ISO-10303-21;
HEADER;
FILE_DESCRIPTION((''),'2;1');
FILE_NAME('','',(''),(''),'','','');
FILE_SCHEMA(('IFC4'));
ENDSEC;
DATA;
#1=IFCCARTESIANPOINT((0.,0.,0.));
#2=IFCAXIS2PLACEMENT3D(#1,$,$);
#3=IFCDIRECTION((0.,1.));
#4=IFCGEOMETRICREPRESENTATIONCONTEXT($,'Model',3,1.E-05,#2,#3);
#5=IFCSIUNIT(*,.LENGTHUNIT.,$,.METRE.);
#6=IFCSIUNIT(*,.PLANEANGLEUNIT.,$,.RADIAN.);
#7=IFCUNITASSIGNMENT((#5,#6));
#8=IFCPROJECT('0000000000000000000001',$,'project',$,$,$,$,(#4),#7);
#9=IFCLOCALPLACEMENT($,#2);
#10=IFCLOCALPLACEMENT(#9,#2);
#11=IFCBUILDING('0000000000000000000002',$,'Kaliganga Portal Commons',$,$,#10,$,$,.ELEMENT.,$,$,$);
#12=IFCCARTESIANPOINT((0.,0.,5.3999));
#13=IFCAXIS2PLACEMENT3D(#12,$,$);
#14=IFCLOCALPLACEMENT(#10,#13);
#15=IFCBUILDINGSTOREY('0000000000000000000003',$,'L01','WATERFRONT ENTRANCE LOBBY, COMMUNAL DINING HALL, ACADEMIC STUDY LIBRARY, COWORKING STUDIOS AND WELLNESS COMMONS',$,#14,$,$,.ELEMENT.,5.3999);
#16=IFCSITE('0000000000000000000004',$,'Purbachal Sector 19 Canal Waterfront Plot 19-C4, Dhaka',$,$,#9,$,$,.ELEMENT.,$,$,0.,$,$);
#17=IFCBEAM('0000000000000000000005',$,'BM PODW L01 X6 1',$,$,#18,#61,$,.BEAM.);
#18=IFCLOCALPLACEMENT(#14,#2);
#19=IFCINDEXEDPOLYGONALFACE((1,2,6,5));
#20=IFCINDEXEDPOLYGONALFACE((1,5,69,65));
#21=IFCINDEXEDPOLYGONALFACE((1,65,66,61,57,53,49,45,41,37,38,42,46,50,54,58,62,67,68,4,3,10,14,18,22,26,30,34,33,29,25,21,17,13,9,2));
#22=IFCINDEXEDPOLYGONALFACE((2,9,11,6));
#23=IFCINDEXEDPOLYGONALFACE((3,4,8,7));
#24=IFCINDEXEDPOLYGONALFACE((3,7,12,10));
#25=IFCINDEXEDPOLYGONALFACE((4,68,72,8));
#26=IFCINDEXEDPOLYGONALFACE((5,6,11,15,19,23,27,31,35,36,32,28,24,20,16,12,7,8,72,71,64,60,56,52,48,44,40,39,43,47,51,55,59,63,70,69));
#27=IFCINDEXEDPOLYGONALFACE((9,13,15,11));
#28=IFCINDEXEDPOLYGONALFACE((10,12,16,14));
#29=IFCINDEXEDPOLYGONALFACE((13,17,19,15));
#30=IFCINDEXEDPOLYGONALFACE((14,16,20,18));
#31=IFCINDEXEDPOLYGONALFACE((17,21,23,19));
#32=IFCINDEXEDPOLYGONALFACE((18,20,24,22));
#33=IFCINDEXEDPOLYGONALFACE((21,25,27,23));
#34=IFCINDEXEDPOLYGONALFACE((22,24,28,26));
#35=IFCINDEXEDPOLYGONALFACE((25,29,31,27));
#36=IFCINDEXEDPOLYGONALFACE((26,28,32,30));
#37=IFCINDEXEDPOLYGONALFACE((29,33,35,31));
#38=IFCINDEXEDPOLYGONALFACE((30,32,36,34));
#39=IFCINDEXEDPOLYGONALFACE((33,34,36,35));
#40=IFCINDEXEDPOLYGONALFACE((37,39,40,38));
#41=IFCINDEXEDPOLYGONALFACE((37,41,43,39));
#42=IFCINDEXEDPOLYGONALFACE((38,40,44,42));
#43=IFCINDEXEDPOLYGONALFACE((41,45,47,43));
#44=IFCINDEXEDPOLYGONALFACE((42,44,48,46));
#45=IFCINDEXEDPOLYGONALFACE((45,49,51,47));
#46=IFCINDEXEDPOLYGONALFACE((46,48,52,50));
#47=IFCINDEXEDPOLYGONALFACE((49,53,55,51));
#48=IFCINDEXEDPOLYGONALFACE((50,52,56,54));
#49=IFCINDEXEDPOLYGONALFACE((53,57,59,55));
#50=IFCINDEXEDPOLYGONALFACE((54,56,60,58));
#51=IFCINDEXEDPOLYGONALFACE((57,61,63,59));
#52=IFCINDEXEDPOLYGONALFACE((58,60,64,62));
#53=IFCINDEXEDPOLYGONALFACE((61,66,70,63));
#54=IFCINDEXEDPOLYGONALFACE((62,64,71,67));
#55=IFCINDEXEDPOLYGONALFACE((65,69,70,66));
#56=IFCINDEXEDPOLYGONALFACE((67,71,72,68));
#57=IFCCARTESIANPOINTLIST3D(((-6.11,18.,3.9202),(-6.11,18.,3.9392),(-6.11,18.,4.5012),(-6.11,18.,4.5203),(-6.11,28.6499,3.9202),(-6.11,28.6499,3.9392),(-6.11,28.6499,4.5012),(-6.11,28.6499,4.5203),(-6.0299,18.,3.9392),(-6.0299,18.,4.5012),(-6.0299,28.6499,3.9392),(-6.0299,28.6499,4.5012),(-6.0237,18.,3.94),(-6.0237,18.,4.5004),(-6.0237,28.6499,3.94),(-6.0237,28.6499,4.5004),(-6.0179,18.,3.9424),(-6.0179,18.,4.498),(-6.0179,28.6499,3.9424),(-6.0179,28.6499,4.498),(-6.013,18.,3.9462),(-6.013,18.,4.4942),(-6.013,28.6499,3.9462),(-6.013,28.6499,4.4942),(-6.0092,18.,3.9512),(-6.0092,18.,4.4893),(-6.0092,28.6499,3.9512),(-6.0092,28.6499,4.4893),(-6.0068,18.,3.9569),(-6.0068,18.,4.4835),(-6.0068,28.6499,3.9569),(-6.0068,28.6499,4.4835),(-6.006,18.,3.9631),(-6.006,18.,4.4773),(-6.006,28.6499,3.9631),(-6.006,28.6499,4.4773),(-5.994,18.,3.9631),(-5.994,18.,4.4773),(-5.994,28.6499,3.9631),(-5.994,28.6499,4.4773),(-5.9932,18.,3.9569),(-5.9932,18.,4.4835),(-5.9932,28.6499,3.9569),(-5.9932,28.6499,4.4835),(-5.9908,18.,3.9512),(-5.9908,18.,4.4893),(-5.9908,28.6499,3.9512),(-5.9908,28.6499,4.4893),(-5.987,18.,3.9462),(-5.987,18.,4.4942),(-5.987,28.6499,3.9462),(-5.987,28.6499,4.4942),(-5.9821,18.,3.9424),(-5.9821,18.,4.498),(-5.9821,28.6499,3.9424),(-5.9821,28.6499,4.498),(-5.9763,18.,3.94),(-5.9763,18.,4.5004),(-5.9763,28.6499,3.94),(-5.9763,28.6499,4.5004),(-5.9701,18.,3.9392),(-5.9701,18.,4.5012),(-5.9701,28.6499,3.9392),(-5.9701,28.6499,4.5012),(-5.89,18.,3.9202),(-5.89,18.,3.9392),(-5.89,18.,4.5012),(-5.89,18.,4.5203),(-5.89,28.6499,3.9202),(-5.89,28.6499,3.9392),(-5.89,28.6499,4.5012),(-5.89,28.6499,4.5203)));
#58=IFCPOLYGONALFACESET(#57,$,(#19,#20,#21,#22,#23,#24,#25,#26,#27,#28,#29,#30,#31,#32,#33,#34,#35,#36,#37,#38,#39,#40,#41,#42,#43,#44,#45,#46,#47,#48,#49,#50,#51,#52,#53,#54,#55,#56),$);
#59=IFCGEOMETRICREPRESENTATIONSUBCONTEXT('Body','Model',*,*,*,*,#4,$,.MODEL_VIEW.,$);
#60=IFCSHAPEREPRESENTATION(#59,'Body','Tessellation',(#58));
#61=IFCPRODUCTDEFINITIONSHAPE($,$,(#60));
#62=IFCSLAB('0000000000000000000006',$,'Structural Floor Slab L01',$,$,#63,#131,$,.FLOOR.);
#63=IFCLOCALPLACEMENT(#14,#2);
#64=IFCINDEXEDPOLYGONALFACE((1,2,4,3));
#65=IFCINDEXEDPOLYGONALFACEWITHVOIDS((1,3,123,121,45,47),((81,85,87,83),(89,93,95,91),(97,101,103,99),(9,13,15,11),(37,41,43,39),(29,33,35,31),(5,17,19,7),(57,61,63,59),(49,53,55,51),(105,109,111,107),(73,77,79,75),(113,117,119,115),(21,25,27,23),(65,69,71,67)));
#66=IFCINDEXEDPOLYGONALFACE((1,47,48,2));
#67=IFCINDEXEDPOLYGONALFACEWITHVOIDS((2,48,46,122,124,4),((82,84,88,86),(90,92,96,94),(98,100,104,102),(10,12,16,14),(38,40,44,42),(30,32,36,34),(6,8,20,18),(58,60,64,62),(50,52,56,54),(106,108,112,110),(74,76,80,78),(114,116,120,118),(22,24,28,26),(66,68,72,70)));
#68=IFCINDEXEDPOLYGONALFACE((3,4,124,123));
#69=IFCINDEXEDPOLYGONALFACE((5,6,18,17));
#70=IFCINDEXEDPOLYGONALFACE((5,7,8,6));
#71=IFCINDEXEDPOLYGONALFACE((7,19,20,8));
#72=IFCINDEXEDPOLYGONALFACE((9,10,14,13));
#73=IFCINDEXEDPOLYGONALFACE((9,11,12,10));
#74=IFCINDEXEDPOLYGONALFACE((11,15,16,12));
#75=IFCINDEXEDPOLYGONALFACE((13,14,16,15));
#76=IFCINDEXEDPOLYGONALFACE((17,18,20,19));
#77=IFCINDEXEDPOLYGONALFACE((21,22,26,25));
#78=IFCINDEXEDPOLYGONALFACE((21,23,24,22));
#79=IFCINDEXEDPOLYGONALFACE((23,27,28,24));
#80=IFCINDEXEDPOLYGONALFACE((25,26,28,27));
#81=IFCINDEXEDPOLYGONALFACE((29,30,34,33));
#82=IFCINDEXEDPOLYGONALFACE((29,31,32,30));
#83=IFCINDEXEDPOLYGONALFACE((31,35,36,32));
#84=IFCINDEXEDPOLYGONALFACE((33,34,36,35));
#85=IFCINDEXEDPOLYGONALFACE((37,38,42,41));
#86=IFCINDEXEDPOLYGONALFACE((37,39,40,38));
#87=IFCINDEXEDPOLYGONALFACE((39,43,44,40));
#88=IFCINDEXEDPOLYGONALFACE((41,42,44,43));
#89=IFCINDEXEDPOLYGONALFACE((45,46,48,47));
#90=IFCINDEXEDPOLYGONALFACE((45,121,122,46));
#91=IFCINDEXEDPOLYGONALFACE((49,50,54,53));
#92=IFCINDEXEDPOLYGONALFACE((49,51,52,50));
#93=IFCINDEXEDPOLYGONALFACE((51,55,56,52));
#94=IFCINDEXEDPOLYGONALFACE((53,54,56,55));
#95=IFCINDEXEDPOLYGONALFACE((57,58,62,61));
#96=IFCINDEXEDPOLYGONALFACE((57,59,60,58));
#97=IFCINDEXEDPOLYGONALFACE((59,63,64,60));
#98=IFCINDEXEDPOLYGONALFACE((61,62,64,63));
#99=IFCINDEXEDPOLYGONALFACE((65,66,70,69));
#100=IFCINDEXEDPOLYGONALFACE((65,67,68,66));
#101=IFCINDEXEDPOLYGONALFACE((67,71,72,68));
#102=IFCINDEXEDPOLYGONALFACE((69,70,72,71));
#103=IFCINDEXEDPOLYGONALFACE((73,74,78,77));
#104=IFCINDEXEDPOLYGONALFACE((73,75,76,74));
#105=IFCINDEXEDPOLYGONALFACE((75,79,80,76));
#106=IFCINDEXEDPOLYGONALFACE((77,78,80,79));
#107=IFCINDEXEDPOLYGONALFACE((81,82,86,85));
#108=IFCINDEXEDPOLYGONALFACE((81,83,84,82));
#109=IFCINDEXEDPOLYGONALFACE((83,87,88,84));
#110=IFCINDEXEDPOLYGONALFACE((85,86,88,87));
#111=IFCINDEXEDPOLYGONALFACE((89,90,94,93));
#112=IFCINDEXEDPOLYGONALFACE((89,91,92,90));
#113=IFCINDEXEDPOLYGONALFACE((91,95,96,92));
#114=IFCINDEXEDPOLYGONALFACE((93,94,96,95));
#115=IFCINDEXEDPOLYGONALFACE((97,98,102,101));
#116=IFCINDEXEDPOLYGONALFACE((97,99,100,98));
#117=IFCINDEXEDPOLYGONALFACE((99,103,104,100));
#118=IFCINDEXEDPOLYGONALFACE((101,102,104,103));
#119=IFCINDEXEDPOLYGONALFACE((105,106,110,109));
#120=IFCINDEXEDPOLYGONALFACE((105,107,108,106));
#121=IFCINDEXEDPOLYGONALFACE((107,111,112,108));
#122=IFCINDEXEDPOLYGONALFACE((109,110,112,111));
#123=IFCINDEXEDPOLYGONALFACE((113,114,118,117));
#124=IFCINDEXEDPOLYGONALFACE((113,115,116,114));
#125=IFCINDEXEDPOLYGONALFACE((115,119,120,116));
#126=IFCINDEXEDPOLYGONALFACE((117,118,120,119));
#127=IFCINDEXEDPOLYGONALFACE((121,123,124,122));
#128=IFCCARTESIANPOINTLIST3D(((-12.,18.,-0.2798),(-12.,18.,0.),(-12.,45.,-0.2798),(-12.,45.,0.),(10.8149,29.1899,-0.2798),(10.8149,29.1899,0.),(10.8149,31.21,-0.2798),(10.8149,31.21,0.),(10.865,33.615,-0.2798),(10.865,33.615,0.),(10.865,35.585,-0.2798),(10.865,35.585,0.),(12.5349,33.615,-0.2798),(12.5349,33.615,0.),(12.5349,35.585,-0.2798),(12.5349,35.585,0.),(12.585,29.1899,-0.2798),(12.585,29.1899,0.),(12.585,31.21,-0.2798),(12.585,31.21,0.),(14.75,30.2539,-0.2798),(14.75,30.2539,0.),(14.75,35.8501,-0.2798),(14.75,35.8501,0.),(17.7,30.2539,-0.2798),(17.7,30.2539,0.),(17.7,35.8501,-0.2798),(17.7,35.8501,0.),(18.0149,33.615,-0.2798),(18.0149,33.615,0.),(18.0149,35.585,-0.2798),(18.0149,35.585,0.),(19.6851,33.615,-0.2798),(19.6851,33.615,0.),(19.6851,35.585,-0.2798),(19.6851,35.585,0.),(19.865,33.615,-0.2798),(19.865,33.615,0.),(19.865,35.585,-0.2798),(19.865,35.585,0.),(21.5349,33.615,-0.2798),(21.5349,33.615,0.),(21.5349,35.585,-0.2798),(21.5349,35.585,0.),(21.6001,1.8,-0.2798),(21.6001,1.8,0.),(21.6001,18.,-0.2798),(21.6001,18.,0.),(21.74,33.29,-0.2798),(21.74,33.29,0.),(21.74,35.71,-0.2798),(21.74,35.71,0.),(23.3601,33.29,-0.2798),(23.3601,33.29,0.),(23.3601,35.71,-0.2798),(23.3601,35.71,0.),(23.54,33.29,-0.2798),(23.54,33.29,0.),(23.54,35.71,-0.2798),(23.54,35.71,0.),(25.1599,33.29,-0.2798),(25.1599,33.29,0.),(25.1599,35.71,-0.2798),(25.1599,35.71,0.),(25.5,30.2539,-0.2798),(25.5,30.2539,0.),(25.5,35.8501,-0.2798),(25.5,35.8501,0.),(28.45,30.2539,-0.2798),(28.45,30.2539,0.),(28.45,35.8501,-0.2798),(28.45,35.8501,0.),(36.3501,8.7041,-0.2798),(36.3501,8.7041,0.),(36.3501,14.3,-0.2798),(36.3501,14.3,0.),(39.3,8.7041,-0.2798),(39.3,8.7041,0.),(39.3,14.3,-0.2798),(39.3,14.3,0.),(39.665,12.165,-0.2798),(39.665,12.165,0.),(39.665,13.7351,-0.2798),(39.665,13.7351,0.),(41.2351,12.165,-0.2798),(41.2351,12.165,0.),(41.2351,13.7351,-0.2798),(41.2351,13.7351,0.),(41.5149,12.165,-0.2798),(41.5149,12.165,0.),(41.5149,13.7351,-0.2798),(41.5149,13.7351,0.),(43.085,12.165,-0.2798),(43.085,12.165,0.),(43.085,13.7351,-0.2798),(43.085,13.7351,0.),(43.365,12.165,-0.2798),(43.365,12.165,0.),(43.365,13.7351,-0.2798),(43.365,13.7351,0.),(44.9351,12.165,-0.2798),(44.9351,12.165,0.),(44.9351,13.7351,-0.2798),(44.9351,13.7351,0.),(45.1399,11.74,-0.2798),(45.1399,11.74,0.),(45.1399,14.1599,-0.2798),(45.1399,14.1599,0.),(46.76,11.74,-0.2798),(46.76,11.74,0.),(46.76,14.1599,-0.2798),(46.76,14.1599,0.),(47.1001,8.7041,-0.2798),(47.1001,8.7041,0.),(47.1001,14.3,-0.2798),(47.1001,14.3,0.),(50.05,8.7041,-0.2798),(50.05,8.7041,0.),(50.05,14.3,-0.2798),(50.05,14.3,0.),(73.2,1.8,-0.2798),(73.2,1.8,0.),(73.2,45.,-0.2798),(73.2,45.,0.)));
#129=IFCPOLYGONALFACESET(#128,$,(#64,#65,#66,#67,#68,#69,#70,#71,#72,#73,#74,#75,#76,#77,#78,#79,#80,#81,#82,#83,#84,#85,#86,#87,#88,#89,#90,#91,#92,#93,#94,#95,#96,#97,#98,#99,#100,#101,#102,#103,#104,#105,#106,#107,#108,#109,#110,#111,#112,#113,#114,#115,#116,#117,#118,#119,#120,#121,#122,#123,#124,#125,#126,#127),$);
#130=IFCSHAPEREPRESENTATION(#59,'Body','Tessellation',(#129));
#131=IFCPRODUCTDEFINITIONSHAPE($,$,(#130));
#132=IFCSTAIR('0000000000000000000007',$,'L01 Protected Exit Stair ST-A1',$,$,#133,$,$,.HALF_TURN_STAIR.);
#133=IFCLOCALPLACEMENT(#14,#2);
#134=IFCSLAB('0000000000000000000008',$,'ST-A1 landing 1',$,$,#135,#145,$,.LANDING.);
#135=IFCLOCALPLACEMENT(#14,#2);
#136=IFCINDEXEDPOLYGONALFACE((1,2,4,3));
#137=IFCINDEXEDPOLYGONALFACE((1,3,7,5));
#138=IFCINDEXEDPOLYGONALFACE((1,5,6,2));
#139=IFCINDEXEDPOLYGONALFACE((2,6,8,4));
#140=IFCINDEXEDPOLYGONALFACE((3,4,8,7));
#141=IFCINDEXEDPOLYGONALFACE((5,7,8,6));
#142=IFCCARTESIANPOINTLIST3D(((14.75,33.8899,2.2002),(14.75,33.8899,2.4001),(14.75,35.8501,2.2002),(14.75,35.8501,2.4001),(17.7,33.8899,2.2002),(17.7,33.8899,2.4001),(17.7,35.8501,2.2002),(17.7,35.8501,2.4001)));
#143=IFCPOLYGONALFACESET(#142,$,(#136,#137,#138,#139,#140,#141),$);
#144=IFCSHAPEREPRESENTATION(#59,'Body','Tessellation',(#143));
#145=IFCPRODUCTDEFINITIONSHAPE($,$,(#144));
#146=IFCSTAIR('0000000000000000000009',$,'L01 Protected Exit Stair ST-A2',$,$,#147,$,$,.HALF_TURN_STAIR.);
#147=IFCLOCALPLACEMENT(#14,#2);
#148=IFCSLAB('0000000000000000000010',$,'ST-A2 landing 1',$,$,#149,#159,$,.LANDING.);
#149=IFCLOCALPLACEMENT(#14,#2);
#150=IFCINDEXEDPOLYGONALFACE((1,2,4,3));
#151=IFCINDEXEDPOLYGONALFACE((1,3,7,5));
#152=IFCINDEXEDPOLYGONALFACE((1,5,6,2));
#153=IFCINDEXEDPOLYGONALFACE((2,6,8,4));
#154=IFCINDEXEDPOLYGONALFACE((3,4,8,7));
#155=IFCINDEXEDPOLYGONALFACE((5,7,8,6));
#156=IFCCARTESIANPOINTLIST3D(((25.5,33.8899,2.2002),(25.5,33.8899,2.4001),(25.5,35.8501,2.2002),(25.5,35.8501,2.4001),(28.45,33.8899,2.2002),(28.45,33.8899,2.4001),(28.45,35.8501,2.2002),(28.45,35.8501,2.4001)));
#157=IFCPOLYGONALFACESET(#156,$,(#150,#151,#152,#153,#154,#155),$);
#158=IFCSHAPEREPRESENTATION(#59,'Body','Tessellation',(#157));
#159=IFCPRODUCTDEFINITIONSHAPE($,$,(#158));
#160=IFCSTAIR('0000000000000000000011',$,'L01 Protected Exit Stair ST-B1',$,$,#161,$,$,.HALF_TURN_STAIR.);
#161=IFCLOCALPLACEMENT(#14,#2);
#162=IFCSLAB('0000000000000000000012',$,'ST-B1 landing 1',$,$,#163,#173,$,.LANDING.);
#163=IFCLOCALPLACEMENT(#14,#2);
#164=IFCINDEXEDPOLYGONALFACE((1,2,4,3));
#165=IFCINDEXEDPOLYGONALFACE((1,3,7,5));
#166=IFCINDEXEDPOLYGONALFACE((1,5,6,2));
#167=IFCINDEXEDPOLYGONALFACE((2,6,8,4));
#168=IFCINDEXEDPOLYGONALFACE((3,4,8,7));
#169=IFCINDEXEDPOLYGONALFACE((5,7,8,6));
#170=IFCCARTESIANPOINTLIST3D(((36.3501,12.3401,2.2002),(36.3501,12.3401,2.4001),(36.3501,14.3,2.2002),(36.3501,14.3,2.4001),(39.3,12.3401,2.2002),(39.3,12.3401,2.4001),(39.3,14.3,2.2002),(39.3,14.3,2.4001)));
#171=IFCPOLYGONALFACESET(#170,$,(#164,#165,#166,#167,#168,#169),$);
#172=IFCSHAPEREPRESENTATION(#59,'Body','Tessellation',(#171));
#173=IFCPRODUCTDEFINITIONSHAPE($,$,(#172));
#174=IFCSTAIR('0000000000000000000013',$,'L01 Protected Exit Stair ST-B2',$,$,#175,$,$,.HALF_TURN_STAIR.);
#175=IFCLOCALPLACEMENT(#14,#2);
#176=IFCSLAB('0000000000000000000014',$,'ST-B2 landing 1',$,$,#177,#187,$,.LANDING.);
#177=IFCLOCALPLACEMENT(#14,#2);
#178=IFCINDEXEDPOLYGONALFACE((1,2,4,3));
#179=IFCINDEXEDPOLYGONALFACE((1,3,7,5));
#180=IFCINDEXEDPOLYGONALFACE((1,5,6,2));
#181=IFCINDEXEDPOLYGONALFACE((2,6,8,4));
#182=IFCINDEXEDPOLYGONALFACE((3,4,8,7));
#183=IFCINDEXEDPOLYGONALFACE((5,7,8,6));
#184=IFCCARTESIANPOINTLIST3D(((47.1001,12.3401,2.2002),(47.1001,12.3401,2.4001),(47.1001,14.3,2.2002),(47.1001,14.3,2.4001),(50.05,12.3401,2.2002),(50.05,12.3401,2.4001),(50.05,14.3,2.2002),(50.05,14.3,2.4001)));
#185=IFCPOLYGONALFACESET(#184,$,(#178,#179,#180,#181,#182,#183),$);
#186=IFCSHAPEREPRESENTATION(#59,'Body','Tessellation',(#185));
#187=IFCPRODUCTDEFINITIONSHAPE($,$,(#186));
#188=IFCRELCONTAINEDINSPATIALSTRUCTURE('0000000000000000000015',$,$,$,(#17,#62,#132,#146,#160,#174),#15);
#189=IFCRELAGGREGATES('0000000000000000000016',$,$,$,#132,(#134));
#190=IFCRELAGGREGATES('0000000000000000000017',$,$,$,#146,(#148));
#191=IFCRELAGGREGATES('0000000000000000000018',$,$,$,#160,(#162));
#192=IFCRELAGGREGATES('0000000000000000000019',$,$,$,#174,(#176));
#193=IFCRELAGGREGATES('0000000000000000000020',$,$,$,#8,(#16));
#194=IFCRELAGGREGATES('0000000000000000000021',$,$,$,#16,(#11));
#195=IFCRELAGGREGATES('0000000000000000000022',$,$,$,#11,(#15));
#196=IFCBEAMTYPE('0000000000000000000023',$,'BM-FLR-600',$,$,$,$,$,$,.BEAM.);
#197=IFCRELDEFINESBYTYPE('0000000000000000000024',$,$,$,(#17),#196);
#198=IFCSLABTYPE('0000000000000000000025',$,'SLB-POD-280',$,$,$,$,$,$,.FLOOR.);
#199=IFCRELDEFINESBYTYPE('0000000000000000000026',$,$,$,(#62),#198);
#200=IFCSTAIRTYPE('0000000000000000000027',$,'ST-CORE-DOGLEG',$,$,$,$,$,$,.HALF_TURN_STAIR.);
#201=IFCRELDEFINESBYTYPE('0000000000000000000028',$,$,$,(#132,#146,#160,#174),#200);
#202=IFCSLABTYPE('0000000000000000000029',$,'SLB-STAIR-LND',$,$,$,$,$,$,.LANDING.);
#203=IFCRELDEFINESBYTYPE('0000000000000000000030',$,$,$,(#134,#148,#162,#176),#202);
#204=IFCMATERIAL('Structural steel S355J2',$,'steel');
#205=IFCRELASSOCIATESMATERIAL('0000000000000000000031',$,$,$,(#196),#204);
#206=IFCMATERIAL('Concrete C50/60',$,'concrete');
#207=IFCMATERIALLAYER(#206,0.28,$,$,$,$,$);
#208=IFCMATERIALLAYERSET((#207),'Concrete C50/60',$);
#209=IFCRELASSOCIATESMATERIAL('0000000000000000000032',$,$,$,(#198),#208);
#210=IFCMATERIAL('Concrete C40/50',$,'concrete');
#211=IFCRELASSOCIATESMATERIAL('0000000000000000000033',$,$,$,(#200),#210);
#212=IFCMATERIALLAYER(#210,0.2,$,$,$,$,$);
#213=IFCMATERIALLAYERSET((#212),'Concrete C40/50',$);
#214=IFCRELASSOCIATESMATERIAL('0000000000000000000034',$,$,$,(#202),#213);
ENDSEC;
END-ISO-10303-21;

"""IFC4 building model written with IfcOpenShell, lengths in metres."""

from ifc_helpers import new_model, si_unit, direction, frame, origin, origin_2d, place, context, subcontext, project, spatial, polyline, i_section, outline, extrude, source, transform, mapped, material, layer, layer_set, material_profile, profile_set, type_object, element, aggregate, save


model = new_model("IFC4")

# Units and contexts
model_context = context("Model", 3, precision=1e-05, world=origin(), true_north=direction((0.0, 1.0)))
body_context = subcontext(model_context, "Body", "Model", "MODEL_VIEW")
ifc_project = project(units=[si_unit("LENGTHUNIT", "METRE"), si_unit("PLANEANGLEUNIT", "RADIAN")], contexts=[model_context])

# Site, building, storey
site_placement = place(None, origin())
site = spatial("IfcSite", under=ifc_project, at=site_placement, Name="Purbachal Sector 19 Canal Waterfront Plot 19-C4, Dhaka", CompositionType="ELEMENT", RefElevation=0.0)
building_placement = place(site_placement, origin())
building = spatial("IfcBuilding", under=site, at=building_placement, Name="Kaliganga Portal Commons", CompositionType="ELEMENT")
storey_placement = place(building_placement, frame((0.0, 0.0, 5.3999)))
storey = spatial("IfcBuildingStorey", under=building, at=storey_placement, Name="L01", Description="WATERFRONT ENTRANCE LOBBY, COMMUNAL DINING HALL, ACADEMIC STUDY LIBRARY, COWORKING STUDIOS AND WELLNESS COMMONS", CompositionType="ELEMENT", Elevation=5.3999)

# Beam
ifc_material_1 = material(Name="Structural steel S355J2", Category="steel")
ifc_material_profile_1 = material_profile(ifc_material_1, i_section(OverallWidth=0.22, OverallDepth=0.6001, WebThickness=0.012, FlangeThickness=0.019, FilletRadius=0.0239, at=origin_2d()), Name="IPE 600")
ifc_profile_set_1 = profile_set([ifc_material_profile_1], Name="Structural steel S355J2 wide-flange")
beam_type_1 = type_object("IfcBeamType", Name="BM-FLR-600", PredefinedType="BEAM", material=ifc_profile_set_1)
shared_shape_1 = source(origin(), body_context, "Body", "SweptSolid", [
    extrude(i_section(OverallWidth=0.22, OverallDepth=0.6001, WebThickness=0.012, FlangeThickness=0.019, FilletRadius=0.0239, at=origin_2d()), origin(), (0.0, 0.0, 1.0), 10.6499),
])
for number, where, z_axis, x_axis, name in (
    (1, (-6.0, 18.0, 4.2202), (0.0, 1.0, 0.0), (-1.0, 0.0, 0.0), "BM PODW L01 X6 1"),
):
    element("IfcBeam", number, at=place(storey_placement, frame(where, z_axis=z_axis, x_axis=x_axis)), inside=storey, type_object=beam_type_1, Name=name, PredefinedType="BEAM", context=body_context, shape_type="MappedRepresentation", body=[
        mapped(shared_shape_1, transform((0.0, 0.0, 0.0), x_axis=(1.0, 0.0, 0.0), y_axis=(0.0, 1.0, 0.0), z_axis=(0.0, 0.0, 1.0), scale=1.0)),
    ])

# Slab
ifc_material_2 = material(Name="Concrete C50/60", Category="concrete")
ifc_layer_1 = layer(ifc_material_2, 0.28)
ifc_layer_set_1 = layer_set([ifc_layer_1], Name="Concrete C50/60")
slab_type_1 = type_object("IfcSlabType", Name="SLB-POD-280", PredefinedType="FLOOR", material=ifc_layer_set_1)
slab_1_placement = place(storey_placement, frame((0.0, 0.0, -0.2798)))
element("IfcSlab", 2, at=slab_1_placement, inside=storey, type_object=slab_type_1, Name="Structural Floor Slab L01", PredefinedType="FLOOR", context=body_context, shape_type="SweptSolid", body=[
    extrude(outline(polyline([(21.6001, 1.8), (73.2, 1.8), (73.2, 45.0), (-12.0, 45.0), (-12.0, 18.0), (21.6001, 18.0), (21.6001, 1.8)]), holes=[polyline([(14.75, 30.2539), (14.75, 35.8501), (17.7, 35.8501), (17.7, 30.2539), (14.75, 30.2539)]), polyline([(25.5, 30.2539), (25.5, 35.8501), (28.45, 35.8501), (28.45, 30.2539), (25.5, 30.2539)]), polyline([(36.3501, 8.7041), (36.3501, 14.3), (39.3, 14.3), (39.3, 8.7041), (36.3501, 8.7041)]), polyline([(47.1001, 8.7041), (47.1001, 14.3), (50.05, 14.3), (50.05, 8.7041), (47.1001, 8.7041)]), polyline([(18.0149, 33.615), (18.0149, 35.585), (19.6851, 35.585), (19.6851, 33.615), (18.0149, 33.615)]), polyline([(19.865, 33.615), (19.865, 35.585), (21.5349, 35.585), (21.5349, 33.615), (19.865, 33.615)]), polyline([(10.8149, 29.1899), (10.8149, 31.21), (12.585, 31.21), (12.585, 29.1899), (10.8149, 29.1899)]), polyline([(10.865, 33.615), (10.865, 35.585), (12.5349, 35.585), (12.5349, 33.615), (10.865, 33.615)]), polyline([(21.74, 33.29), (21.74, 35.71), (23.3601, 35.71), (23.3601, 33.29), (21.74, 33.29)]), polyline([(23.54, 33.29), (23.54, 35.71), (25.1599, 35.71), (25.1599, 33.29), (23.54, 33.29)]), polyline([(39.665, 12.165), (39.665, 13.7351), (41.2351, 13.7351), (41.2351, 12.165), (39.665, 12.165)]), polyline([(41.5149, 12.165), (41.5149, 13.7351), (43.085, 13.7351), (43.085, 12.165), (41.5149, 12.165)]), polyline([(43.365, 12.165), (43.365, 13.7351), (44.9351, 13.7351), (44.9351, 12.165), (43.365, 12.165)]), polyline([(45.1399, 11.74), (45.1399, 14.1599), (46.76, 14.1599), (46.76, 11.74), (45.1399, 11.74)])]), origin(), (0.0, 0.0, 1.0), 0.2798),
])

# Stairs, slabs
ifc_material_3 = material(Name="Concrete C40/50", Category="concrete")
stair_type = type_object("IfcStairType", Name="ST-CORE-DOGLEG", PredefinedType="HALF_TURN_STAIR", material=ifc_material_3)
stair_1_placement = place(storey_placement, origin())
stair_1 = element("IfcStair", 3, at=stair_1_placement, inside=storey, type_object=stair_type, Name="L01 Protected Exit Stair ST-A1", PredefinedType="HALF_TURN_STAIR")
ifc_layer_2 = layer(ifc_material_3, 0.2)
ifc_layer_set_2 = layer_set([ifc_layer_2], Name="Concrete C40/50")
slab_type_2 = type_object("IfcSlabType", Name="SLB-STAIR-LND", PredefinedType="LANDING", material=ifc_layer_set_2)
slab_2_placement = place(storey_placement, frame((0.0, 0.0, 2.2002)))
slab_2 = element("IfcSlab", 4, at=slab_2_placement, type_object=slab_type_2, Name="ST-A1 landing 1", PredefinedType="LANDING", context=body_context, shape_type="SweptSolid", body=[
    extrude(outline(polyline([(17.7, 33.8899), (17.7, 35.8501), (14.75, 35.8501), (14.75, 33.8899), (17.7, 33.8899)])), origin(), (0.0, 0.0, 1.0), 0.2),
])
aggregate(stair_1, [slab_2])
stair_2_placement = place(storey_placement, origin())
stair_2 = element("IfcStair", 5, at=stair_2_placement, inside=storey, type_object=stair_type, Name="L01 Protected Exit Stair ST-A2", PredefinedType="HALF_TURN_STAIR")
slab_3_placement = place(storey_placement, frame((0.0, 0.0, 2.2002)))
slab_3 = element("IfcSlab", 6, at=slab_3_placement, type_object=slab_type_2, Name="ST-A2 landing 1", PredefinedType="LANDING", context=body_context, shape_type="SweptSolid", body=[
    extrude(outline(polyline([(28.45, 33.8899), (28.45, 35.8501), (25.5, 35.8501), (25.5, 33.8899), (28.45, 33.8899)])), origin(), (0.0, 0.0, 1.0), 0.2),
])
aggregate(stair_2, [slab_3])
stair_3_placement = place(storey_placement, origin())
stair_3 = element("IfcStair", 7, at=stair_3_placement, inside=storey, type_object=stair_type, Name="L01 Protected Exit Stair ST-B1", PredefinedType="HALF_TURN_STAIR")
slab_4_placement = place(storey_placement, frame((0.0, 0.0, 2.2002)))
slab_4 = element("IfcSlab", 8, at=slab_4_placement, type_object=slab_type_2, Name="ST-B1 landing 1", PredefinedType="LANDING", context=body_context, shape_type="SweptSolid", body=[
    extrude(outline(polyline([(39.3, 12.3401), (39.3, 14.3), (36.3501, 14.3), (36.3501, 12.3401), (39.3, 12.3401)])), origin(), (0.0, 0.0, 1.0), 0.2),
])
aggregate(stair_3, [slab_4])
stair_4_placement = place(storey_placement, origin())
stair_4 = element("IfcStair", 9, at=stair_4_placement, inside=storey, type_object=stair_type, Name="L01 Protected Exit Stair ST-B2", PredefinedType="HALF_TURN_STAIR")
slab_5_placement = place(storey_placement, frame((0.0, 0.0, 2.2002)))
slab_5 = element("IfcSlab", 10, at=slab_5_placement, type_object=slab_type_2, Name="ST-B2 landing 1", PredefinedType="LANDING", context=body_context, shape_type="SweptSolid", body=[
    extrude(outline(polyline([(50.05, 12.3401), (50.05, 14.3), (47.1001, 14.3), (47.1001, 12.3401), (50.05, 12.3401)])), origin(), (0.0, 0.0, 1.0), 0.2),
])
aggregate(stair_4, [slab_5])

save(model, "model.ifc")
